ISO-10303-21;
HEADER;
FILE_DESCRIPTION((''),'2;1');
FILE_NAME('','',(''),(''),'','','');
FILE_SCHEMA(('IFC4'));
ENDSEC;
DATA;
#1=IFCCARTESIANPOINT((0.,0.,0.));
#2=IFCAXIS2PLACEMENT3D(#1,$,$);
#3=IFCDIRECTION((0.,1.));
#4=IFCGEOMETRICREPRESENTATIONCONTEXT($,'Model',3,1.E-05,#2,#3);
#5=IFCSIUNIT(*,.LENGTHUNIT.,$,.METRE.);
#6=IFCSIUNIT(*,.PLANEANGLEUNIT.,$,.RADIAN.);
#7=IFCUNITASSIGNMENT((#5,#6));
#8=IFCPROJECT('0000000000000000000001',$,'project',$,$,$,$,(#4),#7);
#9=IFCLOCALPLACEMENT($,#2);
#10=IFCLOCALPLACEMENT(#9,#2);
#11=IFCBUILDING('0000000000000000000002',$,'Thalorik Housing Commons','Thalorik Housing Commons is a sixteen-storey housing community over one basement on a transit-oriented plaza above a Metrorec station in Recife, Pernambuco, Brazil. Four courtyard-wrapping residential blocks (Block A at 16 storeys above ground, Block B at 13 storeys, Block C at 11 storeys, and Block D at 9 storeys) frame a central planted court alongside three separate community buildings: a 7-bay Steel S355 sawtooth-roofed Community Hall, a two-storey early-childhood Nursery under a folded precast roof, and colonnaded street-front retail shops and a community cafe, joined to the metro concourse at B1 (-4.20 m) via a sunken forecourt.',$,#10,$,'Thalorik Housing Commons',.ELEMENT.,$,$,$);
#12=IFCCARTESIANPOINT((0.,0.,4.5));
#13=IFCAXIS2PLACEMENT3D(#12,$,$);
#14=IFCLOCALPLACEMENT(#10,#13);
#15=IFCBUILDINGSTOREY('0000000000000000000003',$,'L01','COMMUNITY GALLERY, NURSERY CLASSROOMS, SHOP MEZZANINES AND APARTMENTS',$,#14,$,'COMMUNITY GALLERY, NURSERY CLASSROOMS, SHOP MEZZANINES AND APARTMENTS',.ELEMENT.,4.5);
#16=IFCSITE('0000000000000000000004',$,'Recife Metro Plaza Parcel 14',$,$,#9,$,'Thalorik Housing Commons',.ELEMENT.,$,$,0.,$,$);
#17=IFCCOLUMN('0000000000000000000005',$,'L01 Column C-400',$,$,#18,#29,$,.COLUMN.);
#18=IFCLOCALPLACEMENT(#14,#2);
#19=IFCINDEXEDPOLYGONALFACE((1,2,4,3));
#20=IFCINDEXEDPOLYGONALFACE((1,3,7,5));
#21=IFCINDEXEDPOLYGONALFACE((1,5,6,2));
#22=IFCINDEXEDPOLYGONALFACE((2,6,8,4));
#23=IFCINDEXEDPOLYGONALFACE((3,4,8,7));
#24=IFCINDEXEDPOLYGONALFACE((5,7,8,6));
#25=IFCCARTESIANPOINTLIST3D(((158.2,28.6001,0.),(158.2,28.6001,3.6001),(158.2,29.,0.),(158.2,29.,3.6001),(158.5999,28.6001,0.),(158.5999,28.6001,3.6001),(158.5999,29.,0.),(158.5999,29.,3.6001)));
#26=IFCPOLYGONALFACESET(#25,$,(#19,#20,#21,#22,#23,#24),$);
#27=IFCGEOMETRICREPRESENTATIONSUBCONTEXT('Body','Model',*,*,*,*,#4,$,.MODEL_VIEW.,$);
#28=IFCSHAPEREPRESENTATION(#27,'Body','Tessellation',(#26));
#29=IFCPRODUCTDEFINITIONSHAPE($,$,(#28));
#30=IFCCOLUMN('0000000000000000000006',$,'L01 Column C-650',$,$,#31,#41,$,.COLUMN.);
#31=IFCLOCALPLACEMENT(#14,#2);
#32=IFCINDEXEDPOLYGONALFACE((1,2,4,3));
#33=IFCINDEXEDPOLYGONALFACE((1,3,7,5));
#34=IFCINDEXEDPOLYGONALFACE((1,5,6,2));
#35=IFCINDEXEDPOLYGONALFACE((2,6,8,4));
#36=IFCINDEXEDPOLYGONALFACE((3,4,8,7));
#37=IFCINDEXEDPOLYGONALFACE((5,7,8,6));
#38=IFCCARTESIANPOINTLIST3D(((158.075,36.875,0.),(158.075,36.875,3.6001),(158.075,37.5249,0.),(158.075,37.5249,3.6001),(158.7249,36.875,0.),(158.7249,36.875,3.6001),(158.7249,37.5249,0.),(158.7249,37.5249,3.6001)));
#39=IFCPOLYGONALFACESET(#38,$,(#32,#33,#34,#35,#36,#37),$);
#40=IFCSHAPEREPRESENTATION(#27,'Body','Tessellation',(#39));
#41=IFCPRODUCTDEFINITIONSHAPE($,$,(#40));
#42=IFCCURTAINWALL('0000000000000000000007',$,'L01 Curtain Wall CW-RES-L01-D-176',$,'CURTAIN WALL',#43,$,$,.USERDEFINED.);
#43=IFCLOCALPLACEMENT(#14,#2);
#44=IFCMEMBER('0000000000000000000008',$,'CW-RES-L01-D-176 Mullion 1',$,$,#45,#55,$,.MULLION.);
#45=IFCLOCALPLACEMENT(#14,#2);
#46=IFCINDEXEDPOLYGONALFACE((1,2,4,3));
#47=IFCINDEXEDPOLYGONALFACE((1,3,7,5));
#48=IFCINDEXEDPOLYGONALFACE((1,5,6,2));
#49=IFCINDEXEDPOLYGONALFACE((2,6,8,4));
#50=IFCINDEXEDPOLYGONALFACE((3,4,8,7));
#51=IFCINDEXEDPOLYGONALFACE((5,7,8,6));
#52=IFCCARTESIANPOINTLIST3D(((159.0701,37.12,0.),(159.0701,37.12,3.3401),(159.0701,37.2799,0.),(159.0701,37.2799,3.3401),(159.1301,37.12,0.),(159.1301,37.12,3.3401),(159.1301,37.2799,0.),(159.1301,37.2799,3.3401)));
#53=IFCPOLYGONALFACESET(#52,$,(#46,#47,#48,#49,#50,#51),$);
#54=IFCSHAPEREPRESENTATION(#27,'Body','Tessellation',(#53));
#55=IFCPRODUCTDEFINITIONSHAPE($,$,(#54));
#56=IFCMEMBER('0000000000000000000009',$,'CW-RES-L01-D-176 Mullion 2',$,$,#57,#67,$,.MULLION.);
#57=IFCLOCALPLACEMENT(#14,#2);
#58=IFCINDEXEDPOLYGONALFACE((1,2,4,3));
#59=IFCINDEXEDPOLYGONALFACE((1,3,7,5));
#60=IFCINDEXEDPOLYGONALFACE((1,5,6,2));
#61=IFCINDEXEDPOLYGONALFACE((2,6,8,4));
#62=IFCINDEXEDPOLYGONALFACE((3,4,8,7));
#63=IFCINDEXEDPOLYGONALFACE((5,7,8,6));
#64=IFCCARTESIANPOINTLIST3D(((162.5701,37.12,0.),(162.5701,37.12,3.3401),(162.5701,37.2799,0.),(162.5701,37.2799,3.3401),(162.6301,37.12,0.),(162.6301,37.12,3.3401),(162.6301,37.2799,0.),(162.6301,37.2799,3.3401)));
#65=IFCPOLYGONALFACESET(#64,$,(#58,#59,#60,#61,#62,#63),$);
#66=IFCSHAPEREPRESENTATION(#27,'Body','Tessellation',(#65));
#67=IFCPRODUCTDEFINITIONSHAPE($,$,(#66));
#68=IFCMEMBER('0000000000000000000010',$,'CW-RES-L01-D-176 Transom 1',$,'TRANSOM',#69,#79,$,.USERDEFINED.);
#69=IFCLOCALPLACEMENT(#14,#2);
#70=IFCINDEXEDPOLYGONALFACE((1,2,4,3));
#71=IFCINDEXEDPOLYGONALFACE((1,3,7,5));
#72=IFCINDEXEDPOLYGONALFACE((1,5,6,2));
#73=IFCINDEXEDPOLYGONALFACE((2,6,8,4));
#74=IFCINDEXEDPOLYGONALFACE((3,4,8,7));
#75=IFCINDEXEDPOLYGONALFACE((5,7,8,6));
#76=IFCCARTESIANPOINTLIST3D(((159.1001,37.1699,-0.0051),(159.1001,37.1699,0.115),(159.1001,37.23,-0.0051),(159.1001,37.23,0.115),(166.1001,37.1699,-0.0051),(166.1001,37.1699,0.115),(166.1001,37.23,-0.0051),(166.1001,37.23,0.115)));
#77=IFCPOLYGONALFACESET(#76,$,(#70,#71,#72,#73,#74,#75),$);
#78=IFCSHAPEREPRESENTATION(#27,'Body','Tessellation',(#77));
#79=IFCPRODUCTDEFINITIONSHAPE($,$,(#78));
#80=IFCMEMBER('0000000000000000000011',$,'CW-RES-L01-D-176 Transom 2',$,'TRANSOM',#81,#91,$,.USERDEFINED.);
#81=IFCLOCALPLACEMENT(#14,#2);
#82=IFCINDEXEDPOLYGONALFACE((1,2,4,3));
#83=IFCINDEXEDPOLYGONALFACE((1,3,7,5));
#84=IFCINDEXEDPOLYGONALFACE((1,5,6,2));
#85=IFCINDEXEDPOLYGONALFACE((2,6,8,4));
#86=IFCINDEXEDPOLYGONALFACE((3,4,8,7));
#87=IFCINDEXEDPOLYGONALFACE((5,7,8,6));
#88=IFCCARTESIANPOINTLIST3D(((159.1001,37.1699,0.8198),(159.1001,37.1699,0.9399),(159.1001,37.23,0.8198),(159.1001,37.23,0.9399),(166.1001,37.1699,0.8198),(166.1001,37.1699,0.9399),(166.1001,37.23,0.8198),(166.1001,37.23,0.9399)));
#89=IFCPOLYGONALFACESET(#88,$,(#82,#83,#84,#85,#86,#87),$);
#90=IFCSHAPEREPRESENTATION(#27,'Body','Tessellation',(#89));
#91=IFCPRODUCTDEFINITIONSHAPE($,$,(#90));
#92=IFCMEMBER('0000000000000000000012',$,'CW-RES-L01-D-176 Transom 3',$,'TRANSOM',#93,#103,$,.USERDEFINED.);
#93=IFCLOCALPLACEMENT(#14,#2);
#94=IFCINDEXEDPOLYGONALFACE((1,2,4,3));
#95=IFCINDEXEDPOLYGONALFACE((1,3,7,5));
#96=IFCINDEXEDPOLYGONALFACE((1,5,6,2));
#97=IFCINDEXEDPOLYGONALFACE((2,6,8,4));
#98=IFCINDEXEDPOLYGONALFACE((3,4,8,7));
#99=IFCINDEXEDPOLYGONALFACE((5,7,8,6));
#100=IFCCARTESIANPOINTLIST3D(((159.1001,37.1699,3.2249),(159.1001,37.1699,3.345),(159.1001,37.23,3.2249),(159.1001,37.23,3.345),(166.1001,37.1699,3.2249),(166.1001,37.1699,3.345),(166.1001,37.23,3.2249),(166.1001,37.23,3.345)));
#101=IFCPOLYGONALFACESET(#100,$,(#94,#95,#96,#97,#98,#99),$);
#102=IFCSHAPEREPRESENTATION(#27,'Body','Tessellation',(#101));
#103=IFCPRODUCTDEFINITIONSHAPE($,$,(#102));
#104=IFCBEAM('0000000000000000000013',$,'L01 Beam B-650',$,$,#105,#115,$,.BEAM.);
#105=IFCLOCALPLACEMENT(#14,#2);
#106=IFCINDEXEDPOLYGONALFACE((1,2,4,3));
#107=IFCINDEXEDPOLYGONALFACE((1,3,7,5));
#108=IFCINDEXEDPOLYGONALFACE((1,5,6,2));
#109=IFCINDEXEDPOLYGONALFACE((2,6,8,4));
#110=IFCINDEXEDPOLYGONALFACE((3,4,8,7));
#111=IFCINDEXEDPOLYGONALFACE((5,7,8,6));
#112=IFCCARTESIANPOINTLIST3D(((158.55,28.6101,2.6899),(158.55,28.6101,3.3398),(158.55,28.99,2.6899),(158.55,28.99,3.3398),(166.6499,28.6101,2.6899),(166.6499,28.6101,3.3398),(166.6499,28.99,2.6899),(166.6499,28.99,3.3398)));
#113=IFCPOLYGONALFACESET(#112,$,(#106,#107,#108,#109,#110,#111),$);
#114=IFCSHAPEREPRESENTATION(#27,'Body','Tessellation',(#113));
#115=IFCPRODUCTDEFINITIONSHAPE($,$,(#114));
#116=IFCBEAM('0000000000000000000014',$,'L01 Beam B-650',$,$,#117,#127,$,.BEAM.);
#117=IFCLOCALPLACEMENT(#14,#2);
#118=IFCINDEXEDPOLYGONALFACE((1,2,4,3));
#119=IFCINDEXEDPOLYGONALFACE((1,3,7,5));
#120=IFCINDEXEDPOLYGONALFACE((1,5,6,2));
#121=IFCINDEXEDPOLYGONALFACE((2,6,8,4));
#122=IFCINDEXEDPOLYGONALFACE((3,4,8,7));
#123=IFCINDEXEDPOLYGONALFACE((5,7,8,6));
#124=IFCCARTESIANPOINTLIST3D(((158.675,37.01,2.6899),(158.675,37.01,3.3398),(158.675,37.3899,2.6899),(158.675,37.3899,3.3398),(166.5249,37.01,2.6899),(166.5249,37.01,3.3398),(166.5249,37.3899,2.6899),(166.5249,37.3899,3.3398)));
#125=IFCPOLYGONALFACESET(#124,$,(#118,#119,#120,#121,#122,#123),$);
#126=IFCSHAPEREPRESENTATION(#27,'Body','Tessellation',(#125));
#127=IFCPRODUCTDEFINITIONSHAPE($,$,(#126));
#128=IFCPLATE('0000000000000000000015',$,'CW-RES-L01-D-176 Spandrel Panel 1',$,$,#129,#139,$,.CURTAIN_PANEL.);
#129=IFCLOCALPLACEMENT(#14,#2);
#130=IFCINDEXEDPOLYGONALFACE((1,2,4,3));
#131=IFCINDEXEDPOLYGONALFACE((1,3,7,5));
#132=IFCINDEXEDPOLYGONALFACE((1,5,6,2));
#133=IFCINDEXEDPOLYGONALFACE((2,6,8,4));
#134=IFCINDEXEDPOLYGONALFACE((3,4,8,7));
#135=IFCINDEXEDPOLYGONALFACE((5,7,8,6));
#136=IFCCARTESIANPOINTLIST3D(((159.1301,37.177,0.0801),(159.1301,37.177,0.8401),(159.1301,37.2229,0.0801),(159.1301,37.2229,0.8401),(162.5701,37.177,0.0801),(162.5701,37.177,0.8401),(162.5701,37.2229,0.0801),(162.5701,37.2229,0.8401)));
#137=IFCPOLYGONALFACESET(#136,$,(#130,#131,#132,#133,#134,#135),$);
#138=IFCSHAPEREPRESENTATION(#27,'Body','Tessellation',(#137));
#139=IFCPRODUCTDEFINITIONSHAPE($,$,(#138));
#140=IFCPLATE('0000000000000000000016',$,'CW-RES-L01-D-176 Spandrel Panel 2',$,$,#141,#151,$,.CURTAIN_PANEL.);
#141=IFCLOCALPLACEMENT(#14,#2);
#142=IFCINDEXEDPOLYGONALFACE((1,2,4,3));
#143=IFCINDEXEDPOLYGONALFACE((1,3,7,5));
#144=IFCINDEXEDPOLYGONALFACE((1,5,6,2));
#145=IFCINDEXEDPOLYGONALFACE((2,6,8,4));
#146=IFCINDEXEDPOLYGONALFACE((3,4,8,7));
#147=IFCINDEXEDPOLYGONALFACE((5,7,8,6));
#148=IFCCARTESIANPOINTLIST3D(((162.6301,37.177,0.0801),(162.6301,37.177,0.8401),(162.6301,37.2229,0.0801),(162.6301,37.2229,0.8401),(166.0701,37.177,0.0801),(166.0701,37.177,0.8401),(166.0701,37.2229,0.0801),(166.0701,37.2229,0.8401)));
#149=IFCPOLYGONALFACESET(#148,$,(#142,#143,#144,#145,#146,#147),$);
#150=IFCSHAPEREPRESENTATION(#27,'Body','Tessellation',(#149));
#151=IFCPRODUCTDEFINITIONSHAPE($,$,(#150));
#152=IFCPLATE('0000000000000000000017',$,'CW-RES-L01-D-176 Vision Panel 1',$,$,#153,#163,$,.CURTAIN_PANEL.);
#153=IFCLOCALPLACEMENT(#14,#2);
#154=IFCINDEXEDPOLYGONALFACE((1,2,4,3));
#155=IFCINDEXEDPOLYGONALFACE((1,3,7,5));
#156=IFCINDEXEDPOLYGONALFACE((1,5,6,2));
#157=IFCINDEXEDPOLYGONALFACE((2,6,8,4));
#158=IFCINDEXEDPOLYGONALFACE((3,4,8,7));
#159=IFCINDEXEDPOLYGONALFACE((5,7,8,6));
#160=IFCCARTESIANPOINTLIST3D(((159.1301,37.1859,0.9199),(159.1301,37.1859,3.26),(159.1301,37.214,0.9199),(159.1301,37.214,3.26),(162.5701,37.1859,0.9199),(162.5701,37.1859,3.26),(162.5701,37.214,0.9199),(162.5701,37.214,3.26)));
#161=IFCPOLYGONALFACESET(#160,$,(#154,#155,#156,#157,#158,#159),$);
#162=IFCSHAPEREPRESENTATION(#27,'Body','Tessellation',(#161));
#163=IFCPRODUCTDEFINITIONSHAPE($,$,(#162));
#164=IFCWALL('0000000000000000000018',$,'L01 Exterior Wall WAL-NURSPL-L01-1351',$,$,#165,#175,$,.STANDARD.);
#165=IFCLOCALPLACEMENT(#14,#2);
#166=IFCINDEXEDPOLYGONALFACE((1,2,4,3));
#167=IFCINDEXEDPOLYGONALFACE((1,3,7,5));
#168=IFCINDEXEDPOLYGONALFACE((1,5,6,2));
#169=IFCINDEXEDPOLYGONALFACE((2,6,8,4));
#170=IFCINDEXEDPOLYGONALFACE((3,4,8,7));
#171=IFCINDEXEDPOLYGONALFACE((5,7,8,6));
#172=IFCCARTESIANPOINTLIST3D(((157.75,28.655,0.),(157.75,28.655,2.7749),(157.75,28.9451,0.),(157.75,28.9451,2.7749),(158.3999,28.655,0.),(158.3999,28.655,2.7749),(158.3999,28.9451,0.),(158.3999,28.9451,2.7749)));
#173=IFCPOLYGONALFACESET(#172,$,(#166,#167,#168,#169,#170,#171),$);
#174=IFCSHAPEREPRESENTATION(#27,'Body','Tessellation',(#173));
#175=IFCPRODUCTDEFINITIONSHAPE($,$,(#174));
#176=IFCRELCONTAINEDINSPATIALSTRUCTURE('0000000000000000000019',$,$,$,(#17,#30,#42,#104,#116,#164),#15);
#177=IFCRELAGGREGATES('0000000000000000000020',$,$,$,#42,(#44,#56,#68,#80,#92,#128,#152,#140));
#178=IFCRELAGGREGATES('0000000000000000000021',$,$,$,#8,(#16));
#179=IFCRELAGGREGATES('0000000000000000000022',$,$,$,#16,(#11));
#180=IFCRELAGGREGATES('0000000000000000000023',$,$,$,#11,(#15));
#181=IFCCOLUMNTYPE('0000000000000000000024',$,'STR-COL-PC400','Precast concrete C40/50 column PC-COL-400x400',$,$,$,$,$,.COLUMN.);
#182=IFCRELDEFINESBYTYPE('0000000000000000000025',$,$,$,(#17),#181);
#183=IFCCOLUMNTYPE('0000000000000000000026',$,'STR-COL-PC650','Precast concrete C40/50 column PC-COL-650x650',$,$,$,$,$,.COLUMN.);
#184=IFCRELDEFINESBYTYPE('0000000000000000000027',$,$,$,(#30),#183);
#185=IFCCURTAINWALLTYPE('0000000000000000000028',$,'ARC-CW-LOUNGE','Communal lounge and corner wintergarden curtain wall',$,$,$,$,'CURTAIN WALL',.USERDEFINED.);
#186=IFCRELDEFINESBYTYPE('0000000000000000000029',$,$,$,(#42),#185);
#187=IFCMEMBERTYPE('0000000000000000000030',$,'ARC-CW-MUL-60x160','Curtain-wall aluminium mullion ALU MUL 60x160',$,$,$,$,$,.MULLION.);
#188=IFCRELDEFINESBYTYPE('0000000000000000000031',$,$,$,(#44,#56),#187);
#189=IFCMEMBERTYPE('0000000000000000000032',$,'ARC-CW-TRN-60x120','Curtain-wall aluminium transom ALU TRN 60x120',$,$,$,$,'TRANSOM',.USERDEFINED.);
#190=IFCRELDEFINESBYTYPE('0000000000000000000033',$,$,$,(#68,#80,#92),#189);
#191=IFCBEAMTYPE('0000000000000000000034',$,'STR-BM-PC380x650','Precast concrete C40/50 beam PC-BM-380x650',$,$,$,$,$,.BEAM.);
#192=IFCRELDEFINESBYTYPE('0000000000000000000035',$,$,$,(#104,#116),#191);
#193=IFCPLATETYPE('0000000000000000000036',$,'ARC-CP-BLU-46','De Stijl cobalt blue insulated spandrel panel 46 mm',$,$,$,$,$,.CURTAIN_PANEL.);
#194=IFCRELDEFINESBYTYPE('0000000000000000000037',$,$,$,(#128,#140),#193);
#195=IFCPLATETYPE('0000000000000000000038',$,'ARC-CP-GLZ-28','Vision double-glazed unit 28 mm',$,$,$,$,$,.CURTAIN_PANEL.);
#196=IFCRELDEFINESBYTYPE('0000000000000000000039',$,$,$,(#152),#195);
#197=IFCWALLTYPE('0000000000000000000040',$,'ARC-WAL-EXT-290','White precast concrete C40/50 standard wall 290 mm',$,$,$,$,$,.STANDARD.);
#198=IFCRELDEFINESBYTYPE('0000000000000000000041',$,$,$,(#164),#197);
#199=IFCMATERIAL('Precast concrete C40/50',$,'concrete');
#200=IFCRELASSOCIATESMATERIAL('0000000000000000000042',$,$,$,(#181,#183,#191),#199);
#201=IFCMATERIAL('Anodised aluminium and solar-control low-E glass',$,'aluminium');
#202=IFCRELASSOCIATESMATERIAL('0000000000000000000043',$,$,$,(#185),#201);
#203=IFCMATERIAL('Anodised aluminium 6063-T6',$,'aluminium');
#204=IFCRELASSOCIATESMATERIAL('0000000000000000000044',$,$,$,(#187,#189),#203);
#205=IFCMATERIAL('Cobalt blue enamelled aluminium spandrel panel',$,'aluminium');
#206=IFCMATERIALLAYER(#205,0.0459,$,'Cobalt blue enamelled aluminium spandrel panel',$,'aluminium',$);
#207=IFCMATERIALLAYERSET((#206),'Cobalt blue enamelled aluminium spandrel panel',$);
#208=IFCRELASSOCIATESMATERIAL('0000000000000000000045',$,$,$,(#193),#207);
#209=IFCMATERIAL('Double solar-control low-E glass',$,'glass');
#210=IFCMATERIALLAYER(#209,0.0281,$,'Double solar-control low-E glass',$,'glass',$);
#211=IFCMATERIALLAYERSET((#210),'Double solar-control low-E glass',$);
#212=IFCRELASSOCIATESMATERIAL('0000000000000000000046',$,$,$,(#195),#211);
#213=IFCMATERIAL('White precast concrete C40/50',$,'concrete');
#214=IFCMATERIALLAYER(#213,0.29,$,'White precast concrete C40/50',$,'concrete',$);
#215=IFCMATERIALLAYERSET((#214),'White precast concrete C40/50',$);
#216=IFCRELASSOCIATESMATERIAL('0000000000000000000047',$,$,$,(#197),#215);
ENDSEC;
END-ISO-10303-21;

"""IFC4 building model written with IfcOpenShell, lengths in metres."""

from ifc_helpers import new_model, si_unit, direction, frame, frame_2d, origin, origin_2d, place, context, subcontext, project, spatial, rectangle, extrude, material, layer, layer_set, material_profile, profile_set, type_object, element, aggregate, save


model = new_model("IFC4")

# Units and contexts
model_context = context("Model", 3, precision=1e-05, world=origin(), true_north=direction((0.0, 1.0)))
body_context = subcontext(model_context, "Body", "Model", "MODEL_VIEW")
ifc_project = project(units=[si_unit("LENGTHUNIT", "METRE"), si_unit("PLANEANGLEUNIT", "RADIAN")], contexts=[model_context])

# Site, building, storey
site_placement = place(None, origin())
site = spatial("IfcSite", under=ifc_project, at=site_placement, Name="Recife Metro Plaza Parcel 14", LongName="Thalorik Housing Commons", CompositionType="ELEMENT", RefElevation=0.0)
building_placement = place(site_placement, origin())
building = spatial("IfcBuilding", under=site, at=building_placement, Name="Thalorik Housing Commons", Description="Thalorik Housing Commons is a sixteen-storey housing community over one basement on a transit-oriented plaza above a Metrorec station in Recife, Pernambuco, Brazil. Four courtyard-wrapping residential blocks (Block A at 16 storeys above ground, Block B at 13 storeys, Block C at 11 storeys, and Block D at 9 storeys) frame a central planted court alongside three separate community buildings: a 7-bay Steel S355 sawtooth-roofed Community Hall, a two-storey early-childhood Nursery under a folded precast roof, and colonnaded street-front retail shops and a community cafe, joined to the metro concourse at B1 (-4.20 m) via a sunken forecourt.", LongName="Thalorik Housing Commons", CompositionType="ELEMENT")
storey_placement = place(building_placement, frame((0.0, 0.0, 4.5)))
storey = spatial("IfcBuildingStorey", under=building, at=storey_placement, Name="L01", Description="COMMUNITY GALLERY, NURSERY CLASSROOMS, SHOP MEZZANINES AND APARTMENTS", LongName="COMMUNITY GALLERY, NURSERY CLASSROOMS, SHOP MEZZANINES AND APARTMENTS", CompositionType="ELEMENT", Elevation=4.5)

# Columns
ifc_material_1 = material(Name="Precast concrete C40/50", Category="concrete")
ifc_material_profile_1 = material_profile(ifc_material_1, rectangle(XDim=0.3999, YDim=0.3999, at=origin_2d()), Name="PC 400x400", Category="concrete")
ifc_profile_set_1 = profile_set([ifc_material_profile_1], Name="Precast concrete C40/50")
column_type_1 = type_object("IfcColumnType", Name="STR-COL-PC400", Description="Precast concrete C40/50 column PC-COL-400x400", PredefinedType="COLUMN", material=ifc_profile_set_1)
column_1_placement = place(storey_placement, frame((158.3999, 28.8, 0.0), z_axis=(0.0, 0.0, 1.0), x_axis=(1.0, 0.0, 0.0)))
element("IfcColumn", 1, at=column_1_placement, inside=storey, type_object=column_type_1, Name="L01 Column C-400", PredefinedType="COLUMN", context=body_context, shape_type="SweptSolid", body=[
    extrude(rectangle(XDim=0.3999, YDim=0.3999, at=origin_2d()), origin(), (0.0, 0.0, 1.0), 3.6001),
])
ifc_material_profile_2 = material_profile(ifc_material_1, rectangle(XDim=0.6499, YDim=0.6499, at=origin_2d()), Name="PC 650x650", Category="concrete")
ifc_profile_set_2 = profile_set([ifc_material_profile_2], Name="Precast concrete C40/50")
column_type_2 = type_object("IfcColumnType", Name="STR-COL-PC650", Description="Precast concrete C40/50 column PC-COL-650x650", PredefinedType="COLUMN", material=ifc_profile_set_2)
column_2_placement = place(storey_placement, frame((158.3999, 37.2, 0.0), z_axis=(0.0, 0.0, 1.0), x_axis=(1.0, 0.0, 0.0)))
element("IfcColumn", 2, at=column_2_placement, inside=storey, type_object=column_type_2, Name="L01 Column C-650", PredefinedType="COLUMN", context=body_context, shape_type="SweptSolid", body=[
    extrude(rectangle(XDim=0.6499, YDim=0.6499, at=origin_2d()), origin(), (0.0, 0.0, 1.0), 3.6001),
])

# Curtain wall, members
ifc_material_2 = material(Name="Anodised aluminium and solar-control low-E glass", Category="aluminium")
curtain_wall_type = type_object("IfcCurtainWallType", Name="ARC-CW-LOUNGE", Description="Communal lounge and corner wintergarden curtain wall", ElementType="CURTAIN WALL", PredefinedType="USERDEFINED", material=ifc_material_2)
curtain_wall_placement = place(storey_placement, origin())
curtain_wall = element("IfcCurtainWall", 3, at=curtain_wall_placement, inside=storey, type_object=curtain_wall_type, Name="L01 Curtain Wall CW-RES-L01-D-176", ObjectType="CURTAIN WALL", PredefinedType="USERDEFINED")
ifc_material_3 = material(Name="Anodised aluminium 6063-T6", Category="aluminium")
ifc_material_profile_3 = material_profile(ifc_material_3, rectangle(XDim=0.0601, YDim=0.1599, at=origin_2d()), Name="ALU MUL 60x160", Category="aluminium")
ifc_profile_set_3 = profile_set([ifc_material_profile_3], Name="Anodised aluminium 6063-T6")
member_type_1 = type_object("IfcMemberType", Name="ARC-CW-MUL-60x160", Description="Curtain-wall aluminium mullion ALU MUL 60x160", PredefinedType="MULLION", material=ifc_profile_set_3)
member_1_placement = place(storey_placement, frame((159.1001, 37.2, 0.0), z_axis=(0.0, 0.0, 1.0), x_axis=(1.0, 0.0, 0.0)))
member_1 = element("IfcMember", 4, at=member_1_placement, type_object=member_type_1, Name="CW-RES-L01-D-176 Mullion 1", PredefinedType="MULLION", context=body_context, shape_type="SweptSolid", body=[
    extrude(rectangle(XDim=0.0601, YDim=0.1599, at=origin_2d()), origin(), (0.0, 0.0, 1.0), 3.3401),
])
member_2_placement = place(storey_placement, frame((162.6001, 37.2, 0.0), z_axis=(0.0, 0.0, 1.0), x_axis=(1.0, 0.0, 0.0)))
member_2 = element("IfcMember", 5, at=member_2_placement, type_object=member_type_1, Name="CW-RES-L01-D-176 Mullion 2", PredefinedType="MULLION", context=body_context, shape_type="SweptSolid", body=[
    extrude(rectangle(XDim=0.0601, YDim=0.1599, at=origin_2d()), origin(), (0.0, 0.0, 1.0), 3.3401),
])
ifc_material_profile_4 = material_profile(ifc_material_3, rectangle(XDim=0.0601, YDim=0.1201, at=origin_2d()), Name="ALU TRN 60x120", Category="aluminium")
ifc_profile_set_4 = profile_set([ifc_material_profile_4], Name="Anodised aluminium 6063-T6")
member_type_2 = type_object("IfcMemberType", Name="ARC-CW-TRN-60x120", Description="Curtain-wall aluminium transom ALU TRN 60x120", ElementType="TRANSOM", PredefinedType="USERDEFINED", material=ifc_profile_set_4)
member_3_placement = place(storey_placement, frame((159.1001, 37.2, 0.0549), z_axis=(1.0, 0.0, 0.0), x_axis=(0.0, 1.0, 0.0)))
member_3 = element("IfcMember", 6, at=member_3_placement, type_object=member_type_2, Name="CW-RES-L01-D-176 Transom 1", ObjectType="TRANSOM", PredefinedType="USERDEFINED", context=body_context, shape_type="SweptSolid", body=[
    extrude(rectangle(XDim=0.0601, YDim=0.1201, at=origin_2d()), origin(), (0.0, 0.0, 1.0), 7.0),
])
member_4_placement = place(storey_placement, frame((159.1001, 37.2, 0.8799), z_axis=(1.0, 0.0, 0.0), x_axis=(0.0, 1.0, 0.0)))
member_4 = element("IfcMember", 7, at=member_4_placement, type_object=member_type_2, Name="CW-RES-L01-D-176 Transom 2", ObjectType="TRANSOM", PredefinedType="USERDEFINED", context=body_context, shape_type="SweptSolid", body=[
    extrude(rectangle(XDim=0.0601, YDim=0.1201, at=origin_2d()), origin(), (0.0, 0.0, 1.0), 7.0),
])
member_5_placement = place(storey_placement, frame((159.1001, 37.2, 3.2849), z_axis=(1.0, 0.0, 0.0), x_axis=(0.0, 1.0, 0.0)))
member_5 = element("IfcMember", 8, at=member_5_placement, type_object=member_type_2, Name="CW-RES-L01-D-176 Transom 3", ObjectType="TRANSOM", PredefinedType="USERDEFINED", context=body_context, shape_type="SweptSolid", body=[
    extrude(rectangle(XDim=0.0601, YDim=0.1201, at=origin_2d()), origin(), (0.0, 0.0, 1.0), 7.0),
])

# Beams
ifc_material_profile_5 = material_profile(ifc_material_1, rectangle(XDim=0.3799, YDim=0.6499, at=origin_2d()), Name="PC 380x650", Category="concrete")
ifc_profile_set_5 = profile_set([ifc_material_profile_5], Name="Precast concrete C40/50")
beam_type = type_object("IfcBeamType", Name="STR-BM-PC380x650", Description="Precast concrete C40/50 beam PC-BM-380x650", PredefinedType="BEAM", material=ifc_profile_set_5)
beam_1_placement = place(storey_placement, frame((158.55, 28.8, 3.0149), z_axis=(1.0, 0.0, 0.0), x_axis=(0.0, 1.0, 0.0)))
element("IfcBeam", 9, at=beam_1_placement, inside=storey, type_object=beam_type, Name="L01 Beam B-650", PredefinedType="BEAM", context=body_context, shape_type="SweptSolid", body=[
    extrude(rectangle(XDim=0.3799, YDim=0.6499, at=origin_2d()), origin(), (0.0, 0.0, 1.0), 8.0999),
])
beam_2_placement = place(storey_placement, frame((158.675, 37.2, 3.0149), z_axis=(1.0, 0.0, 0.0), x_axis=(0.0, 1.0, 0.0)))
element("IfcBeam", 10, at=beam_2_placement, inside=storey, type_object=beam_type, Name="L01 Beam B-650", PredefinedType="BEAM", context=body_context, shape_type="SweptSolid", body=[
    extrude(rectangle(XDim=0.3799, YDim=0.6499, at=origin_2d()), origin(), (0.0, 0.0, 1.0), 7.8499),
])

# Plates
ifc_material_4 = material(Name="Cobalt blue enamelled aluminium spandrel panel", Category="aluminium")
ifc_layer_1 = layer(ifc_material_4, 0.0459, Name="Cobalt blue enamelled aluminium spandrel panel", Category="aluminium")
ifc_layer_set_1 = layer_set([ifc_layer_1], Name="Cobalt blue enamelled aluminium spandrel panel")
plate_type_1 = type_object("IfcPlateType", Name="ARC-CP-BLU-46", Description="De Stijl cobalt blue insulated spandrel panel 46 mm", PredefinedType="CURTAIN_PANEL", material=ifc_layer_set_1)
plate_1_placement = place(storey_placement, frame((160.8501, 37.2, 0.0801), z_axis=(0.0, 0.0, 1.0), x_axis=(1.0, 0.0, 0.0)))
plate_1 = element("IfcPlate", 11, at=plate_1_placement, type_object=plate_type_1, Name="CW-RES-L01-D-176 Spandrel Panel 1", PredefinedType="CURTAIN_PANEL", context=body_context, shape_type="SweptSolid", body=[
    extrude(rectangle(XDim=3.4399, YDim=0.0459, at=origin_2d()), origin(), (0.0, 0.0, 1.0), 0.76),
])
plate_2_placement = place(storey_placement, frame((164.3501, 37.2, 0.0801), z_axis=(0.0, 0.0, 1.0), x_axis=(1.0, 0.0, 0.0)))
plate_2 = element("IfcPlate", 12, at=plate_2_placement, type_object=plate_type_1, Name="CW-RES-L01-D-176 Spandrel Panel 2", PredefinedType="CURTAIN_PANEL", context=body_context, shape_type="SweptSolid", body=[
    extrude(rectangle(XDim=3.4399, YDim=0.0459, at=origin_2d()), origin(), (0.0, 0.0, 1.0), 0.76),
])
ifc_material_5 = material(Name="Double solar-control low-E glass", Category="glass")
ifc_layer_2 = layer(ifc_material_5, 0.0281, Name="Double solar-control low-E glass", Category="glass")
ifc_layer_set_2 = layer_set([ifc_layer_2], Name="Double solar-control low-E glass")
plate_type_2 = type_object("IfcPlateType", Name="ARC-CP-GLZ-28", Description="Vision double-glazed unit 28 mm", PredefinedType="CURTAIN_PANEL", material=ifc_layer_set_2)
plate_3_placement = place(storey_placement, frame((160.8501, 37.2, 0.9199), z_axis=(0.0, 0.0, 1.0), x_axis=(1.0, 0.0, 0.0)))
plate_3 = element("IfcPlate", 13, at=plate_3_placement, type_object=plate_type_2, Name="CW-RES-L01-D-176 Vision Panel 1", PredefinedType="CURTAIN_PANEL", context=body_context, shape_type="SweptSolid", body=[
    extrude(rectangle(XDim=3.4399, YDim=0.0281, at=origin_2d()), origin(), (0.0, 0.0, 1.0), 2.3401),
])
aggregate(curtain_wall, [member_1, member_2, member_3, member_4, member_5, plate_1, plate_3, plate_2])

# Wall
ifc_material_6 = material(Name="White precast concrete C40/50", Category="concrete")
ifc_layer_3 = layer(ifc_material_6, 0.29, Name="White precast concrete C40/50", Category="concrete")
ifc_layer_set_3 = layer_set([ifc_layer_3], Name="White precast concrete C40/50")
wall_type_1 = type_object("IfcWallType", Name="ARC-WAL-EXT-290", Description="White precast concrete C40/50 standard wall 290 mm", PredefinedType="STANDARD", material=ifc_layer_set_3)
wall_1_placement = place(storey_placement, frame((158.3999, 28.8, 0.0), z_axis=(0.0, 0.0, 1.0), x_axis=(-1.0, 0.0, 0.0)))
element("IfcWall", 14, at=wall_1_placement, inside=storey, type_object=wall_type_1, Name="L01 Exterior Wall WAL-NURSPL-L01-1351", PredefinedType="STANDARD", context=body_context, shape_type="SweptSolid", body=[
    extrude(rectangle(XDim=0.6499, YDim=0.29, at=frame_2d((0.325, 0.0))), origin(), (0.0, 0.0, 1.0), 2.7749),
])

save(model, "model.ifc")
